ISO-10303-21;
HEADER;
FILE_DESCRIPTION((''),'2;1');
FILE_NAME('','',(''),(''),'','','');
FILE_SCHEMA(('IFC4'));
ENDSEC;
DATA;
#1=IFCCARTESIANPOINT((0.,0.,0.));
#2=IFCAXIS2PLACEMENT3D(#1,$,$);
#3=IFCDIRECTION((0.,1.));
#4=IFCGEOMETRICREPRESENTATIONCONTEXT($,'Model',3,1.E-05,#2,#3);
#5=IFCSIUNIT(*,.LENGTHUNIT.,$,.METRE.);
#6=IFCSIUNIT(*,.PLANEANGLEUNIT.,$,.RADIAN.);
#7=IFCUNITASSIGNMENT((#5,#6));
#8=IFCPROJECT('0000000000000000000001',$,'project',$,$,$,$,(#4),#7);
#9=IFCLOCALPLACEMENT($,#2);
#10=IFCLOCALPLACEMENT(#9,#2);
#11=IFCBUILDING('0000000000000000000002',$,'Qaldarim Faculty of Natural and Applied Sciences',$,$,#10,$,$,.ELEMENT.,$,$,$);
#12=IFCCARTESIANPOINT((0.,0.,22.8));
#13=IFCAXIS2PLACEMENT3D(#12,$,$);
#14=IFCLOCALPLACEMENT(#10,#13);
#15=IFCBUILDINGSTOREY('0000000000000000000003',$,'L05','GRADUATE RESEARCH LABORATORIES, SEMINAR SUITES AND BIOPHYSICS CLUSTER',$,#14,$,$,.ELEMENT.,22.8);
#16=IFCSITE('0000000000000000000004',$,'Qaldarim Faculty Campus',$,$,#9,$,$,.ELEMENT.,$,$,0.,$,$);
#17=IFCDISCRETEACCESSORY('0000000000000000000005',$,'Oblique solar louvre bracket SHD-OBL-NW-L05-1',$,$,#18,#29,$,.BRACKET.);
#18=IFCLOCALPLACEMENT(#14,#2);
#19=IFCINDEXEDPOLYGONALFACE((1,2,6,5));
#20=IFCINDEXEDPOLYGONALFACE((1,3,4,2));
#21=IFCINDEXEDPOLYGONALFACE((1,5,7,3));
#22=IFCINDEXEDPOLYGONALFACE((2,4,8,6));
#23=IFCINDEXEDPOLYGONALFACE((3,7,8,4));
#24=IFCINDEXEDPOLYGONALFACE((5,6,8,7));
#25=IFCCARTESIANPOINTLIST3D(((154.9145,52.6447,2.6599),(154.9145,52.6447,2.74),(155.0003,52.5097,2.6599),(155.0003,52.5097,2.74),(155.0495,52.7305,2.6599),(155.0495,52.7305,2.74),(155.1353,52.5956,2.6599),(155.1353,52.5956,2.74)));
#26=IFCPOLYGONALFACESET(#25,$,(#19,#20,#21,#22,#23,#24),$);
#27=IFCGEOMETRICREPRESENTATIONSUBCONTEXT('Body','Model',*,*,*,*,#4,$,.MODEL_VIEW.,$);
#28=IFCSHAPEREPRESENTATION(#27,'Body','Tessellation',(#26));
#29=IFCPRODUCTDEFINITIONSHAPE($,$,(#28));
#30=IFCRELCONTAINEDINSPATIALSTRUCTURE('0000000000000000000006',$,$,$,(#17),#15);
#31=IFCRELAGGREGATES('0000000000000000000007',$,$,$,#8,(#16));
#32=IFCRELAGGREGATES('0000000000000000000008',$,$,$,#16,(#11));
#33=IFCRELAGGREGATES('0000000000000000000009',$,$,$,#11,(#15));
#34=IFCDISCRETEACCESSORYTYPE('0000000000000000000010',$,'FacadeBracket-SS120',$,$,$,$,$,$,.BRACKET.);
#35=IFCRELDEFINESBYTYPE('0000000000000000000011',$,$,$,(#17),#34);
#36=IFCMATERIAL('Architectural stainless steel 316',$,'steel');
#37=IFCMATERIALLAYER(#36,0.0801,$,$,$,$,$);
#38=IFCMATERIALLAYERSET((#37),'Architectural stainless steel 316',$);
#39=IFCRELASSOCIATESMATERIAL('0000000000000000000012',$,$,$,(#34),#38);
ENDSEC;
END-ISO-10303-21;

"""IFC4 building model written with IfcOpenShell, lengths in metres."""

from ifc_helpers import new_model, si_unit, direction, frame, origin, origin_2d, place, context, subcontext, project, spatial, rectangle, extrude, material, layer, layer_set, type_object, element, save


model = new_model("IFC4")

# Units and contexts
model_context = context("Model", 3, precision=1e-05, world=origin(), true_north=direction((0.0, 1.0)))
body_context = subcontext(model_context, "Body", "Model", "MODEL_VIEW")
ifc_project = project(units=[si_unit("LENGTHUNIT", "METRE"), si_unit("PLANEANGLEUNIT", "RADIAN")], contexts=[model_context])

# Site, building, storey
site_placement = place(None, origin())
site = spatial("IfcSite", under=ifc_project, at=site_placement, Name="Qaldarim Faculty Campus", CompositionType="ELEMENT", RefElevation=0.0)
building_placement = place(site_placement, origin())
building = spatial("IfcBuilding", under=site, at=building_placement, Name="Qaldarim Faculty of Natural and Applied Sciences", CompositionType="ELEMENT")
storey_placement = place(building_placement, frame((0.0, 0.0, 22.8)))
storey = spatial("IfcBuildingStorey", under=building, at=storey_placement, Name="L05", Description="GRADUATE RESEARCH LABORATORIES, SEMINAR SUITES AND BIOPHYSICS CLUSTER", CompositionType="ELEMENT", Elevation=22.8)

# Discrete accessory
ifc_material_1 = material(Name="Architectural stainless steel 316", Category="steel")
ifc_layer_1 = layer(ifc_material_1, 0.0801)
ifc_layer_set_1 = layer_set([ifc_layer_1], Name="Architectural stainless steel 316")
discrete_accessory_type = type_object("IfcDiscreteAccessoryType", Name="FacadeBracket-SS120", PredefinedType="BRACKET", material=ifc_layer_set_1)
for number, where, z_axis, x_axis, name in (
    (1, (155.0249, 52.6201, 2.6599), (0.0, 0.0, 1.0), (0.843776, 0.536696, 0.0), "Oblique solar louvre bracket SHD-OBL-NW-L05-1"),
):
    element("IfcDiscreteAccessory", number, at=place(storey_placement, frame(where, z_axis=z_axis, x_axis=x_axis)), inside=storey, type_object=discrete_accessory_type, Name=name, PredefinedType="BRACKET", context=body_context, shape_type="SweptSolid", body=[
        extrude(rectangle(XDim=0.1599, YDim=0.1599, at=origin_2d()), origin(), (0.0, 0.0, 1.0), 0.0801),
    ])

save(model, "model.ifc")
